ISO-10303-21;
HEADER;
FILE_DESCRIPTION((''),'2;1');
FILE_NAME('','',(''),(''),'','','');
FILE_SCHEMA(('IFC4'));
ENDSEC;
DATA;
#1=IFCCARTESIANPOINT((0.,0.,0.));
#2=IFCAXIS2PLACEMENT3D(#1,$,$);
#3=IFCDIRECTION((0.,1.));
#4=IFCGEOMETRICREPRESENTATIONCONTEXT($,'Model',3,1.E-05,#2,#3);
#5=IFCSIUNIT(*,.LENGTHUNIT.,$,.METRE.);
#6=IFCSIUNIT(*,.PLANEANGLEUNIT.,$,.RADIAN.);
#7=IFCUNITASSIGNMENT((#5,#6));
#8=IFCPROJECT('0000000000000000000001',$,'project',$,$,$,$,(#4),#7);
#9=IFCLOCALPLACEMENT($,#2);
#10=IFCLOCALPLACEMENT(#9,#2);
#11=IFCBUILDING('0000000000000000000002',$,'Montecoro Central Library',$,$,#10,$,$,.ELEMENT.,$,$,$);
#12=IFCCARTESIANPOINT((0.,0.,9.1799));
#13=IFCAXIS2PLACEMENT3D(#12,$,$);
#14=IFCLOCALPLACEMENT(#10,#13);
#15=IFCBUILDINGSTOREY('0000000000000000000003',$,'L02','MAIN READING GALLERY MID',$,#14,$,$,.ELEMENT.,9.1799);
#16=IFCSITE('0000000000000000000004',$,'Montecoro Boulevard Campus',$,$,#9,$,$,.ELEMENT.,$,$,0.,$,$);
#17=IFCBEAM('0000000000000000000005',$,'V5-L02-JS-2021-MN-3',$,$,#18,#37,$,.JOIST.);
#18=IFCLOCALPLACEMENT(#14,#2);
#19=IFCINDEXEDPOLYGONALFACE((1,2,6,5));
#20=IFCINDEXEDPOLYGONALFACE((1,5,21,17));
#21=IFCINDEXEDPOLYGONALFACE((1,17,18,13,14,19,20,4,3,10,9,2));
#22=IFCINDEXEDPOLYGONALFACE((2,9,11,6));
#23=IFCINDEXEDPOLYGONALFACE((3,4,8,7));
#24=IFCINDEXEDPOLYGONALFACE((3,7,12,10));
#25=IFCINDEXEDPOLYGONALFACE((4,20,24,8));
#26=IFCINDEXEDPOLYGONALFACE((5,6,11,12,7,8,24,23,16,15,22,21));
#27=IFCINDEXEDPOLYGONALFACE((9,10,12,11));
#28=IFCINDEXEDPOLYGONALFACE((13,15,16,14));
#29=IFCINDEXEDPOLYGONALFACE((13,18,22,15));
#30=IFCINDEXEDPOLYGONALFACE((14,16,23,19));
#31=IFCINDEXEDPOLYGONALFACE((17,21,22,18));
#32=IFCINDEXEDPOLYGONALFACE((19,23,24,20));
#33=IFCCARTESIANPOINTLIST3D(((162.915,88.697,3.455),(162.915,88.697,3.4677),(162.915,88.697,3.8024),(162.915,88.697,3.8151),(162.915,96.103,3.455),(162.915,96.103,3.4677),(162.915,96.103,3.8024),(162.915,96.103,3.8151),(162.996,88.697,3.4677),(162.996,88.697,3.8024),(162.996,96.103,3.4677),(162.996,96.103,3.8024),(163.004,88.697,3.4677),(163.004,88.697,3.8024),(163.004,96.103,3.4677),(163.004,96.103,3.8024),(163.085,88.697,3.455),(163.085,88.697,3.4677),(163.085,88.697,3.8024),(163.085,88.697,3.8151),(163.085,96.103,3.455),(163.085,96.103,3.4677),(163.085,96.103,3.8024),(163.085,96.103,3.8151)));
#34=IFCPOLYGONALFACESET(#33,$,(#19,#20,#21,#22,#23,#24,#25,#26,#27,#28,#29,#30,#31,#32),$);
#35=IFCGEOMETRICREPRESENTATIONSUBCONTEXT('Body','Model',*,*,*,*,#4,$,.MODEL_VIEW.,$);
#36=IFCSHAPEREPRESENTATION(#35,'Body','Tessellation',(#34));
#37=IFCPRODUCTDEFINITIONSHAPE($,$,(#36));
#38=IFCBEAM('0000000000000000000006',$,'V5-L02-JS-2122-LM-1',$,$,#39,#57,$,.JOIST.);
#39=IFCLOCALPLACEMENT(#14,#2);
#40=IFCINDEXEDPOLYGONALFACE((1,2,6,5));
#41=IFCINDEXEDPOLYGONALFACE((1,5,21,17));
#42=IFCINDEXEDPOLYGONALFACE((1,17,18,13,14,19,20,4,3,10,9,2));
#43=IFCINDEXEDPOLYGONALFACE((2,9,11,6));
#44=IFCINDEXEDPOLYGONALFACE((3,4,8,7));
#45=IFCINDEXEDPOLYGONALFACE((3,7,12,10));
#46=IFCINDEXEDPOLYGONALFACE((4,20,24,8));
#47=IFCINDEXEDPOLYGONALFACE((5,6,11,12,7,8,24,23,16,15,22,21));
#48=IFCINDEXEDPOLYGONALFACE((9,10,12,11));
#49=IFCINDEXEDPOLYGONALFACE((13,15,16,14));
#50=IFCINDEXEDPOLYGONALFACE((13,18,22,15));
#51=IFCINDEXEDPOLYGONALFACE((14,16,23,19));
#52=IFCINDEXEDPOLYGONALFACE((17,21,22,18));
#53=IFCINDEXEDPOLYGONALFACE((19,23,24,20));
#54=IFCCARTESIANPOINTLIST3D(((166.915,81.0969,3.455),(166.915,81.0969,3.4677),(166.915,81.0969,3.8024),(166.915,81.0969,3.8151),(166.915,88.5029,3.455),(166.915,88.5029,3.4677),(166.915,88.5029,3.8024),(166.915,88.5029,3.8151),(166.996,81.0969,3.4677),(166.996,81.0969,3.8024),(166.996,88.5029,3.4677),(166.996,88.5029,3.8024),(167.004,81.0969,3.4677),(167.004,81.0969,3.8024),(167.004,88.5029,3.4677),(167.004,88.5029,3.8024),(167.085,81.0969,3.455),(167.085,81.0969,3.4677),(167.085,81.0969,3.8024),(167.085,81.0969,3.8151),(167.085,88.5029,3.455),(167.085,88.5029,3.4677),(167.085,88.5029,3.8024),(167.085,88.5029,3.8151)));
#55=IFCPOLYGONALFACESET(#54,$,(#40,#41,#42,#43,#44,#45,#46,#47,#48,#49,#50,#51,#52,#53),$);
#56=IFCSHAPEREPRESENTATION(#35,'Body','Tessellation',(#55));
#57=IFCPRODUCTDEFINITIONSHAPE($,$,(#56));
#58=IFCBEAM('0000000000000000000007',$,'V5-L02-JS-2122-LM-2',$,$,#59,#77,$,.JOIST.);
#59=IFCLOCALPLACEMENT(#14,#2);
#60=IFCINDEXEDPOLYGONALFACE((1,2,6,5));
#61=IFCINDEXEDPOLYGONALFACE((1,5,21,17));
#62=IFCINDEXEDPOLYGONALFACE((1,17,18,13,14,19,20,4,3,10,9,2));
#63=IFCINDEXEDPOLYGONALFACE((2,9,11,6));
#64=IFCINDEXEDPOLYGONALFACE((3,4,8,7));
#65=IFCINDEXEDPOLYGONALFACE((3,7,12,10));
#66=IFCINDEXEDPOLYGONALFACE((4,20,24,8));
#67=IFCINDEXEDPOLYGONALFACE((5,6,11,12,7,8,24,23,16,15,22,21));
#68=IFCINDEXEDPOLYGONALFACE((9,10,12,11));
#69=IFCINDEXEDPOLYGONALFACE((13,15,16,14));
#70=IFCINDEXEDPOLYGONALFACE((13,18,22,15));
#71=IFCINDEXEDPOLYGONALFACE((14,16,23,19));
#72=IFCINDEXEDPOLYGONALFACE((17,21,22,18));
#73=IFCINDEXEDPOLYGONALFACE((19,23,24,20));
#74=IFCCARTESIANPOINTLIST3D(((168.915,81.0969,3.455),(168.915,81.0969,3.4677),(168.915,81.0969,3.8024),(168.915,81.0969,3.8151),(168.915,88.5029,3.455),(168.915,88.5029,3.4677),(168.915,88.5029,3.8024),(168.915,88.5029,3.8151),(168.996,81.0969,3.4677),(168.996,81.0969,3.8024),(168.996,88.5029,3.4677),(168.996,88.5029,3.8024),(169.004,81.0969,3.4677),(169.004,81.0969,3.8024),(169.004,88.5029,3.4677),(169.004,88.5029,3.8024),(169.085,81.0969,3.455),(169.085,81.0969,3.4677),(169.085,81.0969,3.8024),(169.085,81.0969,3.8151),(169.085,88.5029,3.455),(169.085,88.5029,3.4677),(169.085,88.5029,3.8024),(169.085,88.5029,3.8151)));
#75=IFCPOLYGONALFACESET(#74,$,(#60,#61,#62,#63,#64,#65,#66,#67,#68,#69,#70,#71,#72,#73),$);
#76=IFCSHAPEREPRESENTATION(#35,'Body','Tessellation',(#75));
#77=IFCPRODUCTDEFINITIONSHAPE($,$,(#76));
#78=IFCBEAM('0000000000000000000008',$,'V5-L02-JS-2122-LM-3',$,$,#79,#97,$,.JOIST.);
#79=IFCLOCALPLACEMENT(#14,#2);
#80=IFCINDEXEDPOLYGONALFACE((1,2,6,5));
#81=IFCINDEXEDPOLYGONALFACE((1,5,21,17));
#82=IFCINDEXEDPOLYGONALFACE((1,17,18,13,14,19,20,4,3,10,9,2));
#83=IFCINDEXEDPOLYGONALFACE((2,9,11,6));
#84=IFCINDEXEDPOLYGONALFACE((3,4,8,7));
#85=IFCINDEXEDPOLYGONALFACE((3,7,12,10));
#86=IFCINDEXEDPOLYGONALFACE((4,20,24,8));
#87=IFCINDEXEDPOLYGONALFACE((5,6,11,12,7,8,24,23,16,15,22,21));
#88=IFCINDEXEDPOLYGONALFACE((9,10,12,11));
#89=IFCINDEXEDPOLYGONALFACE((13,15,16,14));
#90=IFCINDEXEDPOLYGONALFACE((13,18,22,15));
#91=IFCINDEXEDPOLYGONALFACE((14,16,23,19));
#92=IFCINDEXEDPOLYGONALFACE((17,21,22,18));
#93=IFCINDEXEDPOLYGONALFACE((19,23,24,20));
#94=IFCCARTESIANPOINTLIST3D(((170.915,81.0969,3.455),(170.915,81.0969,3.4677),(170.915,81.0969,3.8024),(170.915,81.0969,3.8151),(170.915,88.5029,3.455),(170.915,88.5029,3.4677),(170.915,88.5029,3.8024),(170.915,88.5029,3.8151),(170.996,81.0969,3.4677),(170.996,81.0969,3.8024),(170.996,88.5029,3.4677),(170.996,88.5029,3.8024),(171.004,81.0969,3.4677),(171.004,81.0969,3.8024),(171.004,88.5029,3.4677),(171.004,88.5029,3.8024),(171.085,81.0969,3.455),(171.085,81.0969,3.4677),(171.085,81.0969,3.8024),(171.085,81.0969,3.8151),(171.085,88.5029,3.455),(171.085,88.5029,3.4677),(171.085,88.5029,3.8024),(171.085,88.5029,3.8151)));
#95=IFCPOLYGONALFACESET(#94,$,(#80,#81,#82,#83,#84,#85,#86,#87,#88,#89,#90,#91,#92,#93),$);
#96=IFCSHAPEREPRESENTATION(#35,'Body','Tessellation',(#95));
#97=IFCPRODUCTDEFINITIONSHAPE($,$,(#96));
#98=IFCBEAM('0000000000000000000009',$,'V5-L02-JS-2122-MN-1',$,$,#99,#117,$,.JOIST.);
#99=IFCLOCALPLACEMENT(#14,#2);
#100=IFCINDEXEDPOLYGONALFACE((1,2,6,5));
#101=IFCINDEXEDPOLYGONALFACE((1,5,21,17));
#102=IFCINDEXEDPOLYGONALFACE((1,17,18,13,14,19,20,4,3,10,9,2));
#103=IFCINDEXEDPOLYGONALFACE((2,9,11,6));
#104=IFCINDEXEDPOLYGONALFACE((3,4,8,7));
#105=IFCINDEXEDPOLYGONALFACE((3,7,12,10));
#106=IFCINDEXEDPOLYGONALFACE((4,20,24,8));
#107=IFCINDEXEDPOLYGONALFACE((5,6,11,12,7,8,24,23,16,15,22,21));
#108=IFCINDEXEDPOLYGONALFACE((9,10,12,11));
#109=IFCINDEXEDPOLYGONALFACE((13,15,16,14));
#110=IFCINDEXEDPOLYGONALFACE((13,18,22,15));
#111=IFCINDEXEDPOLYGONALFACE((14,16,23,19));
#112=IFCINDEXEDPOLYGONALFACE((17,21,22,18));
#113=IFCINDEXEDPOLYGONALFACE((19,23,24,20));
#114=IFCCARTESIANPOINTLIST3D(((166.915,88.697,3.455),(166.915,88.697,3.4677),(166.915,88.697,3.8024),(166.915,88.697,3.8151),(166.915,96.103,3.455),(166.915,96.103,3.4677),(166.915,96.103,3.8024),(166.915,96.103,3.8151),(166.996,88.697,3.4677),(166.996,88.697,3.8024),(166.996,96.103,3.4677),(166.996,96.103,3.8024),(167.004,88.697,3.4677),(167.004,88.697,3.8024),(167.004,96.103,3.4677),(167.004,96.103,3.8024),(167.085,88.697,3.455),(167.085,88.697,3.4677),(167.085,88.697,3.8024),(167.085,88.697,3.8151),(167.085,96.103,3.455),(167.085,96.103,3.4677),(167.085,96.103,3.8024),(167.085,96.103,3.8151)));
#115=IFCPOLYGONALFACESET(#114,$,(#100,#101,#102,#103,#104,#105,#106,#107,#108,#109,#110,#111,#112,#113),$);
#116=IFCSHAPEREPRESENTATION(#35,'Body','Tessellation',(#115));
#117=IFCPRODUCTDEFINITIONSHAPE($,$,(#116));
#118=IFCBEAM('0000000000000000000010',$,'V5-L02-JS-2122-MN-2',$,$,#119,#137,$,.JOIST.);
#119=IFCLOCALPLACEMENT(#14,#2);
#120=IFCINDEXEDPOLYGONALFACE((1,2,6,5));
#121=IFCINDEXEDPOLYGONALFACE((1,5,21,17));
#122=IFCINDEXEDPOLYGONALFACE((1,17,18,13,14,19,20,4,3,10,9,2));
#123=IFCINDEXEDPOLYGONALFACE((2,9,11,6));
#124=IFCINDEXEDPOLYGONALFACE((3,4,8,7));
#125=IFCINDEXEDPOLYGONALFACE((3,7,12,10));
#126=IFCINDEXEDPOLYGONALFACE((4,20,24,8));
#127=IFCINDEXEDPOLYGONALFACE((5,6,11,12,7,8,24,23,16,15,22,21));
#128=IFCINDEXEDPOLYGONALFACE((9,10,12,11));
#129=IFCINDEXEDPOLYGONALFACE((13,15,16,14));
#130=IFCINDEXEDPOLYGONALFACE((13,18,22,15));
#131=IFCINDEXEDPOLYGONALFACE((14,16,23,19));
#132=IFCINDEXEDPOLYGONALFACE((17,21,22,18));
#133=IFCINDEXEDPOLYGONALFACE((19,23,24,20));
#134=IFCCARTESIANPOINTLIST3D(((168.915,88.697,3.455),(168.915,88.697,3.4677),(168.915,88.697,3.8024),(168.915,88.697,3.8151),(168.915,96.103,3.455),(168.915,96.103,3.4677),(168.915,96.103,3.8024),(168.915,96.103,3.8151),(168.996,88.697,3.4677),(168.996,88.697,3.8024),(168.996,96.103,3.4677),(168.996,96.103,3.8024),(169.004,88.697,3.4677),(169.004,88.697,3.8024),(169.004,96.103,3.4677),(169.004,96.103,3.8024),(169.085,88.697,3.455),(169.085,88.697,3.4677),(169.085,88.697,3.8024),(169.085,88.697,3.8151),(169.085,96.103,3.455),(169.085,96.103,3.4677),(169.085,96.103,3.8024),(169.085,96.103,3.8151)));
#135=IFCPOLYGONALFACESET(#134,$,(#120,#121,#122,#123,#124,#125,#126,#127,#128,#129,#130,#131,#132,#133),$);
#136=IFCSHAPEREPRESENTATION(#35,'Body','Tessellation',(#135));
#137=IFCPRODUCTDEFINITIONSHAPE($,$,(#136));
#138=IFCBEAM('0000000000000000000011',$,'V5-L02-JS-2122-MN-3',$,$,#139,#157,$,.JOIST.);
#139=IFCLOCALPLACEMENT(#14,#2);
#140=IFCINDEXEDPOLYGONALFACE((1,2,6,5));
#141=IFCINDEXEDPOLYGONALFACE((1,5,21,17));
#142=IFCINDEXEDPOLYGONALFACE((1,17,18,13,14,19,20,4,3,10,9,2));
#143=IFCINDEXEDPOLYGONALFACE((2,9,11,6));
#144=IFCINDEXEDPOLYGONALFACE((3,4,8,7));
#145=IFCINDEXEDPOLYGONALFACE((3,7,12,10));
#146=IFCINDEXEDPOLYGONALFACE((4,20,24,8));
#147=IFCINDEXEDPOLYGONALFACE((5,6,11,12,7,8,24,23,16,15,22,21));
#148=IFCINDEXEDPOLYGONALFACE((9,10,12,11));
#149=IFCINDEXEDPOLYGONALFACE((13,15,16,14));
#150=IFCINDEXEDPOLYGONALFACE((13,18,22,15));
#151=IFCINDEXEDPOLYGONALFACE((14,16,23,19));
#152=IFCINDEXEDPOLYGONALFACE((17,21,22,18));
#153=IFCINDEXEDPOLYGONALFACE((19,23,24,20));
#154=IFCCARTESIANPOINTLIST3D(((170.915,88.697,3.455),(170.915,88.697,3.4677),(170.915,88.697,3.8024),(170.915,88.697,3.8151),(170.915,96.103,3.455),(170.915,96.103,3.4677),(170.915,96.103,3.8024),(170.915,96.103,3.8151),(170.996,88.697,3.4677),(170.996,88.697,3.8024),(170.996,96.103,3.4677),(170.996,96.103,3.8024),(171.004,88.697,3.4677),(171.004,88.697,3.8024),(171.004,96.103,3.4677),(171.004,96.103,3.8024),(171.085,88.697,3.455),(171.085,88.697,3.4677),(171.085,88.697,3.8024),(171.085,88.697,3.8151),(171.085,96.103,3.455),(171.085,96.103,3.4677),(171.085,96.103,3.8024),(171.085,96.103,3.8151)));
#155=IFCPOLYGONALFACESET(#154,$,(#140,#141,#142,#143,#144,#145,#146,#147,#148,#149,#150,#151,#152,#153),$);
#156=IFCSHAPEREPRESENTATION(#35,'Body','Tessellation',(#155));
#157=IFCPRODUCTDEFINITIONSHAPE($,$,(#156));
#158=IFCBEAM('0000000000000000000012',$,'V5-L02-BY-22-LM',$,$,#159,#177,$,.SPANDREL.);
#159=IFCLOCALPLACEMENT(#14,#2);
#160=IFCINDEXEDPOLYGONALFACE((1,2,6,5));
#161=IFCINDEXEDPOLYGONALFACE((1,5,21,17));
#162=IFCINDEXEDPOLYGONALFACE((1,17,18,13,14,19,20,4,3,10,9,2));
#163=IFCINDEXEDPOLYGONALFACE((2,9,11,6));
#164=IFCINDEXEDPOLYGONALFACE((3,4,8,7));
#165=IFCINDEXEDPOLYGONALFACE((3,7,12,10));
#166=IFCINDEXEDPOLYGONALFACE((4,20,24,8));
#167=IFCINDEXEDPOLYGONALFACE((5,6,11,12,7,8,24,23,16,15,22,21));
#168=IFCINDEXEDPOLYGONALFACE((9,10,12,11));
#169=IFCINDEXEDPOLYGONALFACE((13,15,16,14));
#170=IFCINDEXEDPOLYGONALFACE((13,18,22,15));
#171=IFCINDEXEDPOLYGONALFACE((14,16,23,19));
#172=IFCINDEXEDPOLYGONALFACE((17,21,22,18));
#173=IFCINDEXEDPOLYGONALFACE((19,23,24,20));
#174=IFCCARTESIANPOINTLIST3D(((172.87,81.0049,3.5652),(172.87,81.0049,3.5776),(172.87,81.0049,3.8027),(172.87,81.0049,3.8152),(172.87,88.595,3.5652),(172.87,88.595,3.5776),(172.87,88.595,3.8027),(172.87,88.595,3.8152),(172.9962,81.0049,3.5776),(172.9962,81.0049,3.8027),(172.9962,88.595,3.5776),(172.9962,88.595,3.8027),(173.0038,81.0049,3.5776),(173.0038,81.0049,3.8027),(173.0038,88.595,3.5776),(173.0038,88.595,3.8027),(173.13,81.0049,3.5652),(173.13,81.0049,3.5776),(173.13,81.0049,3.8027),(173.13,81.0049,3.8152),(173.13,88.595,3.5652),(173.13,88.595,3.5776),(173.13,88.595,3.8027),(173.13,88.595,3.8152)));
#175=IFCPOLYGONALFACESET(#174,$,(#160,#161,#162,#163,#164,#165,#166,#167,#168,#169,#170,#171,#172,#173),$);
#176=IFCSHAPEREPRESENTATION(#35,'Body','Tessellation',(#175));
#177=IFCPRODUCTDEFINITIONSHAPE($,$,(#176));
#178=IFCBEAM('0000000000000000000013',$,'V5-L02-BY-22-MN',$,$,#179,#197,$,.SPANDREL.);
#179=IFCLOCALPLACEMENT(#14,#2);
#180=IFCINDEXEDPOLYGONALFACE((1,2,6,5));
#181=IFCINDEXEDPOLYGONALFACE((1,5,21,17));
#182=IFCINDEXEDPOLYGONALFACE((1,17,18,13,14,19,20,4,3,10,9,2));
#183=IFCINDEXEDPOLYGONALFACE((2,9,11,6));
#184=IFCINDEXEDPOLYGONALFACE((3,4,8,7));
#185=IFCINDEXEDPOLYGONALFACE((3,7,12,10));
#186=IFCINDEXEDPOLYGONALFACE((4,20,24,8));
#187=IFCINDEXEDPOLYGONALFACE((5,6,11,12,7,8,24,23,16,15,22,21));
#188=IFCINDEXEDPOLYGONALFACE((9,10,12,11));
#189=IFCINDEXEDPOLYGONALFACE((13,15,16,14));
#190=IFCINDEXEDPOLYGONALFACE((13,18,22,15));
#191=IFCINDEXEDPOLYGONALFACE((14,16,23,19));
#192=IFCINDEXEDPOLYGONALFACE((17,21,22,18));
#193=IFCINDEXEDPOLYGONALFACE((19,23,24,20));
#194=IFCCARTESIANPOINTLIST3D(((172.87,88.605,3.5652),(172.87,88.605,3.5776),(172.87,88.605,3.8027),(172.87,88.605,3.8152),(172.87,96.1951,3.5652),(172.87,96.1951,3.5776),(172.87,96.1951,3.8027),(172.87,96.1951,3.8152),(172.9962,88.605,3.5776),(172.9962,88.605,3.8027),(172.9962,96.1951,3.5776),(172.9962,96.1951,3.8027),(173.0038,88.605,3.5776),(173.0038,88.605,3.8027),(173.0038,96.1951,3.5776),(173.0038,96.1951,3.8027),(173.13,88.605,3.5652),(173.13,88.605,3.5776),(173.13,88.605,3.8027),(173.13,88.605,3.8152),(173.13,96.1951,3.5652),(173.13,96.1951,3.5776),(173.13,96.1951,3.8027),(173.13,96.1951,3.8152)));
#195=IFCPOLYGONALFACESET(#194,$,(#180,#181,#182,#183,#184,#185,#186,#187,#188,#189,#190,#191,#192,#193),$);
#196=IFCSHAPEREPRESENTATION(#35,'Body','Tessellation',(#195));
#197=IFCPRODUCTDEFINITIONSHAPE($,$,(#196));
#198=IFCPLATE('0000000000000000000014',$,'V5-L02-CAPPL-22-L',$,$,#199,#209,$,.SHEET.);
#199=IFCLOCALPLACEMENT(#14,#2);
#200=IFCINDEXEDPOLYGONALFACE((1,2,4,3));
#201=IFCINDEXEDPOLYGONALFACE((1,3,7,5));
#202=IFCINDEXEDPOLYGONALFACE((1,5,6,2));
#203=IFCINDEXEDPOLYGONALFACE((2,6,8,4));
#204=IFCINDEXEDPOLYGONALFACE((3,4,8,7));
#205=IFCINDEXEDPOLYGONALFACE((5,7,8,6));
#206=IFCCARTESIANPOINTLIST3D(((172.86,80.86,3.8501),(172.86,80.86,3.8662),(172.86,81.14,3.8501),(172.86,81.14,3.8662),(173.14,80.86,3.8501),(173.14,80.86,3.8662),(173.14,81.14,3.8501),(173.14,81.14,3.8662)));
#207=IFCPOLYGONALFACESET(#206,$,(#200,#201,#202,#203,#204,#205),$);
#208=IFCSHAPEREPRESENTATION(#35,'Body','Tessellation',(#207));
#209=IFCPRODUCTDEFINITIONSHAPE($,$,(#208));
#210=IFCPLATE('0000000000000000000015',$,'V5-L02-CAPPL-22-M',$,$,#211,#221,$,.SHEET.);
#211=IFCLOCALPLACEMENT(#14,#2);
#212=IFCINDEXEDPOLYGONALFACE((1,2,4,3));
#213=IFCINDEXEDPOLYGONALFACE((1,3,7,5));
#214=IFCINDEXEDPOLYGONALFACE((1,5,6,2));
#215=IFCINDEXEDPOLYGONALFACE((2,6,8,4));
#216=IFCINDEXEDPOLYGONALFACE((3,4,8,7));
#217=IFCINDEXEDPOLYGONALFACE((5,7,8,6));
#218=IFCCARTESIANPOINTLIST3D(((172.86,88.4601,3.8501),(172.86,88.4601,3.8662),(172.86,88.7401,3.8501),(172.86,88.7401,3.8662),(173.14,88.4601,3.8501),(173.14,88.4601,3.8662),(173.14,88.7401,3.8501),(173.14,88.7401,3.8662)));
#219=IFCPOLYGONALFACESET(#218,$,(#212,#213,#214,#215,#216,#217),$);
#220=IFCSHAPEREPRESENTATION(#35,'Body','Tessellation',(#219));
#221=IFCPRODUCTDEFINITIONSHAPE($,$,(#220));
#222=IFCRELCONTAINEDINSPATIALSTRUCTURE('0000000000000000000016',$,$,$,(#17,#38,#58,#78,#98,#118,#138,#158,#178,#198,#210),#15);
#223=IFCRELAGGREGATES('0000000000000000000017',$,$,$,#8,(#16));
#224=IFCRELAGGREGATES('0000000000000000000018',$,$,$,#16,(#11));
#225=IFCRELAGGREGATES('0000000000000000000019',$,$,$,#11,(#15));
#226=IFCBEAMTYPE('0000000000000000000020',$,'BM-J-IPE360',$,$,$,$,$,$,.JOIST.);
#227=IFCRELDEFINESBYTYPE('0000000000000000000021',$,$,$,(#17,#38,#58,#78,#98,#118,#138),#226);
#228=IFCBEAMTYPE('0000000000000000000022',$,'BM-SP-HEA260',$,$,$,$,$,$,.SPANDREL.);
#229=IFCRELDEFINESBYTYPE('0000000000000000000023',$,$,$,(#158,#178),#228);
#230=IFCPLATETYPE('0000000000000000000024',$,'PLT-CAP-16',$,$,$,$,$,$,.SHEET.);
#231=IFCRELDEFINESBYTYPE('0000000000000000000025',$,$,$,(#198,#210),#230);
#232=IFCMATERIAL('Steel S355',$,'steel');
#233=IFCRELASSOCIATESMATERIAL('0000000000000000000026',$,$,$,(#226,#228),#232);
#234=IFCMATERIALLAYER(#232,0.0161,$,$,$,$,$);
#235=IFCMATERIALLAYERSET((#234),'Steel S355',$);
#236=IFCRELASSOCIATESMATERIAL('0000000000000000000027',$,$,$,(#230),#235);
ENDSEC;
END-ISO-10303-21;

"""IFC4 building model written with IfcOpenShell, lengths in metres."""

from ifc_helpers import new_model, si_unit, direction, frame, origin, origin_2d, place, context, subcontext, project, spatial, rectangle, i_section, extrude, material, layer, layer_set, material_profile, profile_set, type_object, element, save


model = new_model("IFC4")

# Units and contexts
model_context = context("Model", 3, precision=1e-05, world=origin(), true_north=direction((0.0, 1.0)))
body_context = subcontext(model_context, "Body", "Model", "MODEL_VIEW")
ifc_project = project(units=[si_unit("LENGTHUNIT", "METRE"), si_unit("PLANEANGLEUNIT", "RADIAN")], contexts=[model_context])

# Site, building, storey
site_placement = place(None, origin())
site = spatial("IfcSite", under=ifc_project, at=site_placement, Name="Montecoro Boulevard Campus", CompositionType="ELEMENT", RefElevation=0.0)
building_placement = place(site_placement, origin())
building = spatial("IfcBuilding", under=site, at=building_placement, Name="Montecoro Central Library", CompositionType="ELEMENT")
storey_placement = place(building_placement, frame((0.0, 0.0, 9.1799)))
storey = spatial("IfcBuildingStorey", under=building, at=storey_placement, Name="L02", Description="MAIN READING GALLERY MID", CompositionType="ELEMENT", Elevation=9.1799)

# Shared definitions
ifc_material_1 = material(Name="Steel S355", Category="steel")

# Beams
ifc_material_profile_1 = material_profile(ifc_material_1, i_section(OverallWidth=0.1699, OverallDepth=0.3601, WebThickness=0.0081, FlangeThickness=0.0127, at=origin_2d()), Name="IPE 360")
ifc_profile_set_1 = profile_set([ifc_material_profile_1], Name="Steel S355")
beam_type_1 = type_object("IfcBeamType", Name="BM-J-IPE360", PredefinedType="JOIST", material=ifc_profile_set_1)
for number, where, z_axis, x_axis, name in (
    (1, (163.0, 88.697, 3.635), (0.0, 1.0, 0.0), (-1.0, 0.0, 0.0), "V5-L02-JS-2021-MN-3"),
    (2, (167.0, 81.0969, 3.635), (0.0, 1.0, 0.0), (-1.0, 0.0, 0.0), "V5-L02-JS-2122-LM-1"),
    (3, (169.0, 81.0969, 3.635), (0.0, 1.0, 0.0), (-1.0, 0.0, 0.0), "V5-L02-JS-2122-LM-2"),
    (4, (171.0, 81.0969, 3.635), (0.0, 1.0, 0.0), (-1.0, 0.0, 0.0), "V5-L02-JS-2122-LM-3"),
    (5, (167.0, 88.697, 3.635), (0.0, 1.0, 0.0), (-1.0, 0.0, 0.0), "V5-L02-JS-2122-MN-1"),
    (6, (169.0, 88.697, 3.635), (0.0, 1.0, 0.0), (-1.0, 0.0, 0.0), "V5-L02-JS-2122-MN-2"),
    (7, (171.0, 88.697, 3.635), (0.0, 1.0, 0.0), (-1.0, 0.0, 0.0), "V5-L02-JS-2122-MN-3"),
):
    element("IfcBeam", number, at=place(storey_placement, frame(where, z_axis=z_axis, x_axis=x_axis)), inside=storey, type_object=beam_type_1, Name=name, PredefinedType="JOIST", context=body_context, shape_type="SweptSolid", body=[
        extrude(i_section(OverallWidth=0.1699, OverallDepth=0.3601, WebThickness=0.0081, FlangeThickness=0.0127, at=origin_2d()), origin(), (0.0, 0.0, 1.0), 7.406),
    ])
ifc_material_profile_2 = material_profile(ifc_material_1, i_section(OverallWidth=0.26, OverallDepth=0.25, WebThickness=0.0076, FlangeThickness=0.0125, at=origin_2d()), Name="HEA 260")
ifc_profile_set_2 = profile_set([ifc_material_profile_2], Name="Steel S355")
beam_type_2 = type_object("IfcBeamType", Name="BM-SP-HEA260", PredefinedType="SPANDREL", material=ifc_profile_set_2)
for number, where, z_axis, x_axis, name in (
    (8, (173.0, 81.0049, 3.6902), (0.0, 1.0, 0.0), (-1.0, 0.0, 0.0), "V5-L02-BY-22-LM"),
    (9, (173.0, 88.605, 3.6902), (0.0, 1.0, 0.0), (-1.0, 0.0, 0.0), "V5-L02-BY-22-MN"),
):
    element("IfcBeam", number, at=place(storey_placement, frame(where, z_axis=z_axis, x_axis=x_axis)), inside=storey, type_object=beam_type_2, Name=name, PredefinedType="SPANDREL", context=body_context, shape_type="SweptSolid", body=[
        extrude(i_section(OverallWidth=0.26, OverallDepth=0.25, WebThickness=0.0076, FlangeThickness=0.0125, at=origin_2d()), origin(), (0.0, 0.0, 1.0), 7.5901),
    ])

# Plates
ifc_layer_1 = layer(ifc_material_1, 0.0161)
ifc_layer_set_1 = layer_set([ifc_layer_1], Name="Steel S355")
plate_type_1 = type_object("IfcPlateType", Name="PLT-CAP-16", PredefinedType="SHEET", material=ifc_layer_set_1)
for number, where, z_axis, x_axis, name in (
    (10, (173.0, 81.0, 3.8501), (0.0, 0.0, 1.0), (1.0, 0.0, 0.0), "V5-L02-CAPPL-22-L"),
    (11, (173.0, 88.6001, 3.8501), (0.0, 0.0, 1.0), (1.0, 0.0, 0.0), "V5-L02-CAPPL-22-M"),
):
    element("IfcPlate", number, at=place(storey_placement, frame(where, z_axis=z_axis, x_axis=x_axis)), inside=storey, type_object=plate_type_1, Name=name, PredefinedType="SHEET", context=body_context, shape_type="SweptSolid", body=[
        extrude(rectangle(XDim=0.28, YDim=0.28, at=origin_2d()), origin(), (0.0, 0.0, 1.0), 0.0161),
    ])

save(model, "model.ifc")
